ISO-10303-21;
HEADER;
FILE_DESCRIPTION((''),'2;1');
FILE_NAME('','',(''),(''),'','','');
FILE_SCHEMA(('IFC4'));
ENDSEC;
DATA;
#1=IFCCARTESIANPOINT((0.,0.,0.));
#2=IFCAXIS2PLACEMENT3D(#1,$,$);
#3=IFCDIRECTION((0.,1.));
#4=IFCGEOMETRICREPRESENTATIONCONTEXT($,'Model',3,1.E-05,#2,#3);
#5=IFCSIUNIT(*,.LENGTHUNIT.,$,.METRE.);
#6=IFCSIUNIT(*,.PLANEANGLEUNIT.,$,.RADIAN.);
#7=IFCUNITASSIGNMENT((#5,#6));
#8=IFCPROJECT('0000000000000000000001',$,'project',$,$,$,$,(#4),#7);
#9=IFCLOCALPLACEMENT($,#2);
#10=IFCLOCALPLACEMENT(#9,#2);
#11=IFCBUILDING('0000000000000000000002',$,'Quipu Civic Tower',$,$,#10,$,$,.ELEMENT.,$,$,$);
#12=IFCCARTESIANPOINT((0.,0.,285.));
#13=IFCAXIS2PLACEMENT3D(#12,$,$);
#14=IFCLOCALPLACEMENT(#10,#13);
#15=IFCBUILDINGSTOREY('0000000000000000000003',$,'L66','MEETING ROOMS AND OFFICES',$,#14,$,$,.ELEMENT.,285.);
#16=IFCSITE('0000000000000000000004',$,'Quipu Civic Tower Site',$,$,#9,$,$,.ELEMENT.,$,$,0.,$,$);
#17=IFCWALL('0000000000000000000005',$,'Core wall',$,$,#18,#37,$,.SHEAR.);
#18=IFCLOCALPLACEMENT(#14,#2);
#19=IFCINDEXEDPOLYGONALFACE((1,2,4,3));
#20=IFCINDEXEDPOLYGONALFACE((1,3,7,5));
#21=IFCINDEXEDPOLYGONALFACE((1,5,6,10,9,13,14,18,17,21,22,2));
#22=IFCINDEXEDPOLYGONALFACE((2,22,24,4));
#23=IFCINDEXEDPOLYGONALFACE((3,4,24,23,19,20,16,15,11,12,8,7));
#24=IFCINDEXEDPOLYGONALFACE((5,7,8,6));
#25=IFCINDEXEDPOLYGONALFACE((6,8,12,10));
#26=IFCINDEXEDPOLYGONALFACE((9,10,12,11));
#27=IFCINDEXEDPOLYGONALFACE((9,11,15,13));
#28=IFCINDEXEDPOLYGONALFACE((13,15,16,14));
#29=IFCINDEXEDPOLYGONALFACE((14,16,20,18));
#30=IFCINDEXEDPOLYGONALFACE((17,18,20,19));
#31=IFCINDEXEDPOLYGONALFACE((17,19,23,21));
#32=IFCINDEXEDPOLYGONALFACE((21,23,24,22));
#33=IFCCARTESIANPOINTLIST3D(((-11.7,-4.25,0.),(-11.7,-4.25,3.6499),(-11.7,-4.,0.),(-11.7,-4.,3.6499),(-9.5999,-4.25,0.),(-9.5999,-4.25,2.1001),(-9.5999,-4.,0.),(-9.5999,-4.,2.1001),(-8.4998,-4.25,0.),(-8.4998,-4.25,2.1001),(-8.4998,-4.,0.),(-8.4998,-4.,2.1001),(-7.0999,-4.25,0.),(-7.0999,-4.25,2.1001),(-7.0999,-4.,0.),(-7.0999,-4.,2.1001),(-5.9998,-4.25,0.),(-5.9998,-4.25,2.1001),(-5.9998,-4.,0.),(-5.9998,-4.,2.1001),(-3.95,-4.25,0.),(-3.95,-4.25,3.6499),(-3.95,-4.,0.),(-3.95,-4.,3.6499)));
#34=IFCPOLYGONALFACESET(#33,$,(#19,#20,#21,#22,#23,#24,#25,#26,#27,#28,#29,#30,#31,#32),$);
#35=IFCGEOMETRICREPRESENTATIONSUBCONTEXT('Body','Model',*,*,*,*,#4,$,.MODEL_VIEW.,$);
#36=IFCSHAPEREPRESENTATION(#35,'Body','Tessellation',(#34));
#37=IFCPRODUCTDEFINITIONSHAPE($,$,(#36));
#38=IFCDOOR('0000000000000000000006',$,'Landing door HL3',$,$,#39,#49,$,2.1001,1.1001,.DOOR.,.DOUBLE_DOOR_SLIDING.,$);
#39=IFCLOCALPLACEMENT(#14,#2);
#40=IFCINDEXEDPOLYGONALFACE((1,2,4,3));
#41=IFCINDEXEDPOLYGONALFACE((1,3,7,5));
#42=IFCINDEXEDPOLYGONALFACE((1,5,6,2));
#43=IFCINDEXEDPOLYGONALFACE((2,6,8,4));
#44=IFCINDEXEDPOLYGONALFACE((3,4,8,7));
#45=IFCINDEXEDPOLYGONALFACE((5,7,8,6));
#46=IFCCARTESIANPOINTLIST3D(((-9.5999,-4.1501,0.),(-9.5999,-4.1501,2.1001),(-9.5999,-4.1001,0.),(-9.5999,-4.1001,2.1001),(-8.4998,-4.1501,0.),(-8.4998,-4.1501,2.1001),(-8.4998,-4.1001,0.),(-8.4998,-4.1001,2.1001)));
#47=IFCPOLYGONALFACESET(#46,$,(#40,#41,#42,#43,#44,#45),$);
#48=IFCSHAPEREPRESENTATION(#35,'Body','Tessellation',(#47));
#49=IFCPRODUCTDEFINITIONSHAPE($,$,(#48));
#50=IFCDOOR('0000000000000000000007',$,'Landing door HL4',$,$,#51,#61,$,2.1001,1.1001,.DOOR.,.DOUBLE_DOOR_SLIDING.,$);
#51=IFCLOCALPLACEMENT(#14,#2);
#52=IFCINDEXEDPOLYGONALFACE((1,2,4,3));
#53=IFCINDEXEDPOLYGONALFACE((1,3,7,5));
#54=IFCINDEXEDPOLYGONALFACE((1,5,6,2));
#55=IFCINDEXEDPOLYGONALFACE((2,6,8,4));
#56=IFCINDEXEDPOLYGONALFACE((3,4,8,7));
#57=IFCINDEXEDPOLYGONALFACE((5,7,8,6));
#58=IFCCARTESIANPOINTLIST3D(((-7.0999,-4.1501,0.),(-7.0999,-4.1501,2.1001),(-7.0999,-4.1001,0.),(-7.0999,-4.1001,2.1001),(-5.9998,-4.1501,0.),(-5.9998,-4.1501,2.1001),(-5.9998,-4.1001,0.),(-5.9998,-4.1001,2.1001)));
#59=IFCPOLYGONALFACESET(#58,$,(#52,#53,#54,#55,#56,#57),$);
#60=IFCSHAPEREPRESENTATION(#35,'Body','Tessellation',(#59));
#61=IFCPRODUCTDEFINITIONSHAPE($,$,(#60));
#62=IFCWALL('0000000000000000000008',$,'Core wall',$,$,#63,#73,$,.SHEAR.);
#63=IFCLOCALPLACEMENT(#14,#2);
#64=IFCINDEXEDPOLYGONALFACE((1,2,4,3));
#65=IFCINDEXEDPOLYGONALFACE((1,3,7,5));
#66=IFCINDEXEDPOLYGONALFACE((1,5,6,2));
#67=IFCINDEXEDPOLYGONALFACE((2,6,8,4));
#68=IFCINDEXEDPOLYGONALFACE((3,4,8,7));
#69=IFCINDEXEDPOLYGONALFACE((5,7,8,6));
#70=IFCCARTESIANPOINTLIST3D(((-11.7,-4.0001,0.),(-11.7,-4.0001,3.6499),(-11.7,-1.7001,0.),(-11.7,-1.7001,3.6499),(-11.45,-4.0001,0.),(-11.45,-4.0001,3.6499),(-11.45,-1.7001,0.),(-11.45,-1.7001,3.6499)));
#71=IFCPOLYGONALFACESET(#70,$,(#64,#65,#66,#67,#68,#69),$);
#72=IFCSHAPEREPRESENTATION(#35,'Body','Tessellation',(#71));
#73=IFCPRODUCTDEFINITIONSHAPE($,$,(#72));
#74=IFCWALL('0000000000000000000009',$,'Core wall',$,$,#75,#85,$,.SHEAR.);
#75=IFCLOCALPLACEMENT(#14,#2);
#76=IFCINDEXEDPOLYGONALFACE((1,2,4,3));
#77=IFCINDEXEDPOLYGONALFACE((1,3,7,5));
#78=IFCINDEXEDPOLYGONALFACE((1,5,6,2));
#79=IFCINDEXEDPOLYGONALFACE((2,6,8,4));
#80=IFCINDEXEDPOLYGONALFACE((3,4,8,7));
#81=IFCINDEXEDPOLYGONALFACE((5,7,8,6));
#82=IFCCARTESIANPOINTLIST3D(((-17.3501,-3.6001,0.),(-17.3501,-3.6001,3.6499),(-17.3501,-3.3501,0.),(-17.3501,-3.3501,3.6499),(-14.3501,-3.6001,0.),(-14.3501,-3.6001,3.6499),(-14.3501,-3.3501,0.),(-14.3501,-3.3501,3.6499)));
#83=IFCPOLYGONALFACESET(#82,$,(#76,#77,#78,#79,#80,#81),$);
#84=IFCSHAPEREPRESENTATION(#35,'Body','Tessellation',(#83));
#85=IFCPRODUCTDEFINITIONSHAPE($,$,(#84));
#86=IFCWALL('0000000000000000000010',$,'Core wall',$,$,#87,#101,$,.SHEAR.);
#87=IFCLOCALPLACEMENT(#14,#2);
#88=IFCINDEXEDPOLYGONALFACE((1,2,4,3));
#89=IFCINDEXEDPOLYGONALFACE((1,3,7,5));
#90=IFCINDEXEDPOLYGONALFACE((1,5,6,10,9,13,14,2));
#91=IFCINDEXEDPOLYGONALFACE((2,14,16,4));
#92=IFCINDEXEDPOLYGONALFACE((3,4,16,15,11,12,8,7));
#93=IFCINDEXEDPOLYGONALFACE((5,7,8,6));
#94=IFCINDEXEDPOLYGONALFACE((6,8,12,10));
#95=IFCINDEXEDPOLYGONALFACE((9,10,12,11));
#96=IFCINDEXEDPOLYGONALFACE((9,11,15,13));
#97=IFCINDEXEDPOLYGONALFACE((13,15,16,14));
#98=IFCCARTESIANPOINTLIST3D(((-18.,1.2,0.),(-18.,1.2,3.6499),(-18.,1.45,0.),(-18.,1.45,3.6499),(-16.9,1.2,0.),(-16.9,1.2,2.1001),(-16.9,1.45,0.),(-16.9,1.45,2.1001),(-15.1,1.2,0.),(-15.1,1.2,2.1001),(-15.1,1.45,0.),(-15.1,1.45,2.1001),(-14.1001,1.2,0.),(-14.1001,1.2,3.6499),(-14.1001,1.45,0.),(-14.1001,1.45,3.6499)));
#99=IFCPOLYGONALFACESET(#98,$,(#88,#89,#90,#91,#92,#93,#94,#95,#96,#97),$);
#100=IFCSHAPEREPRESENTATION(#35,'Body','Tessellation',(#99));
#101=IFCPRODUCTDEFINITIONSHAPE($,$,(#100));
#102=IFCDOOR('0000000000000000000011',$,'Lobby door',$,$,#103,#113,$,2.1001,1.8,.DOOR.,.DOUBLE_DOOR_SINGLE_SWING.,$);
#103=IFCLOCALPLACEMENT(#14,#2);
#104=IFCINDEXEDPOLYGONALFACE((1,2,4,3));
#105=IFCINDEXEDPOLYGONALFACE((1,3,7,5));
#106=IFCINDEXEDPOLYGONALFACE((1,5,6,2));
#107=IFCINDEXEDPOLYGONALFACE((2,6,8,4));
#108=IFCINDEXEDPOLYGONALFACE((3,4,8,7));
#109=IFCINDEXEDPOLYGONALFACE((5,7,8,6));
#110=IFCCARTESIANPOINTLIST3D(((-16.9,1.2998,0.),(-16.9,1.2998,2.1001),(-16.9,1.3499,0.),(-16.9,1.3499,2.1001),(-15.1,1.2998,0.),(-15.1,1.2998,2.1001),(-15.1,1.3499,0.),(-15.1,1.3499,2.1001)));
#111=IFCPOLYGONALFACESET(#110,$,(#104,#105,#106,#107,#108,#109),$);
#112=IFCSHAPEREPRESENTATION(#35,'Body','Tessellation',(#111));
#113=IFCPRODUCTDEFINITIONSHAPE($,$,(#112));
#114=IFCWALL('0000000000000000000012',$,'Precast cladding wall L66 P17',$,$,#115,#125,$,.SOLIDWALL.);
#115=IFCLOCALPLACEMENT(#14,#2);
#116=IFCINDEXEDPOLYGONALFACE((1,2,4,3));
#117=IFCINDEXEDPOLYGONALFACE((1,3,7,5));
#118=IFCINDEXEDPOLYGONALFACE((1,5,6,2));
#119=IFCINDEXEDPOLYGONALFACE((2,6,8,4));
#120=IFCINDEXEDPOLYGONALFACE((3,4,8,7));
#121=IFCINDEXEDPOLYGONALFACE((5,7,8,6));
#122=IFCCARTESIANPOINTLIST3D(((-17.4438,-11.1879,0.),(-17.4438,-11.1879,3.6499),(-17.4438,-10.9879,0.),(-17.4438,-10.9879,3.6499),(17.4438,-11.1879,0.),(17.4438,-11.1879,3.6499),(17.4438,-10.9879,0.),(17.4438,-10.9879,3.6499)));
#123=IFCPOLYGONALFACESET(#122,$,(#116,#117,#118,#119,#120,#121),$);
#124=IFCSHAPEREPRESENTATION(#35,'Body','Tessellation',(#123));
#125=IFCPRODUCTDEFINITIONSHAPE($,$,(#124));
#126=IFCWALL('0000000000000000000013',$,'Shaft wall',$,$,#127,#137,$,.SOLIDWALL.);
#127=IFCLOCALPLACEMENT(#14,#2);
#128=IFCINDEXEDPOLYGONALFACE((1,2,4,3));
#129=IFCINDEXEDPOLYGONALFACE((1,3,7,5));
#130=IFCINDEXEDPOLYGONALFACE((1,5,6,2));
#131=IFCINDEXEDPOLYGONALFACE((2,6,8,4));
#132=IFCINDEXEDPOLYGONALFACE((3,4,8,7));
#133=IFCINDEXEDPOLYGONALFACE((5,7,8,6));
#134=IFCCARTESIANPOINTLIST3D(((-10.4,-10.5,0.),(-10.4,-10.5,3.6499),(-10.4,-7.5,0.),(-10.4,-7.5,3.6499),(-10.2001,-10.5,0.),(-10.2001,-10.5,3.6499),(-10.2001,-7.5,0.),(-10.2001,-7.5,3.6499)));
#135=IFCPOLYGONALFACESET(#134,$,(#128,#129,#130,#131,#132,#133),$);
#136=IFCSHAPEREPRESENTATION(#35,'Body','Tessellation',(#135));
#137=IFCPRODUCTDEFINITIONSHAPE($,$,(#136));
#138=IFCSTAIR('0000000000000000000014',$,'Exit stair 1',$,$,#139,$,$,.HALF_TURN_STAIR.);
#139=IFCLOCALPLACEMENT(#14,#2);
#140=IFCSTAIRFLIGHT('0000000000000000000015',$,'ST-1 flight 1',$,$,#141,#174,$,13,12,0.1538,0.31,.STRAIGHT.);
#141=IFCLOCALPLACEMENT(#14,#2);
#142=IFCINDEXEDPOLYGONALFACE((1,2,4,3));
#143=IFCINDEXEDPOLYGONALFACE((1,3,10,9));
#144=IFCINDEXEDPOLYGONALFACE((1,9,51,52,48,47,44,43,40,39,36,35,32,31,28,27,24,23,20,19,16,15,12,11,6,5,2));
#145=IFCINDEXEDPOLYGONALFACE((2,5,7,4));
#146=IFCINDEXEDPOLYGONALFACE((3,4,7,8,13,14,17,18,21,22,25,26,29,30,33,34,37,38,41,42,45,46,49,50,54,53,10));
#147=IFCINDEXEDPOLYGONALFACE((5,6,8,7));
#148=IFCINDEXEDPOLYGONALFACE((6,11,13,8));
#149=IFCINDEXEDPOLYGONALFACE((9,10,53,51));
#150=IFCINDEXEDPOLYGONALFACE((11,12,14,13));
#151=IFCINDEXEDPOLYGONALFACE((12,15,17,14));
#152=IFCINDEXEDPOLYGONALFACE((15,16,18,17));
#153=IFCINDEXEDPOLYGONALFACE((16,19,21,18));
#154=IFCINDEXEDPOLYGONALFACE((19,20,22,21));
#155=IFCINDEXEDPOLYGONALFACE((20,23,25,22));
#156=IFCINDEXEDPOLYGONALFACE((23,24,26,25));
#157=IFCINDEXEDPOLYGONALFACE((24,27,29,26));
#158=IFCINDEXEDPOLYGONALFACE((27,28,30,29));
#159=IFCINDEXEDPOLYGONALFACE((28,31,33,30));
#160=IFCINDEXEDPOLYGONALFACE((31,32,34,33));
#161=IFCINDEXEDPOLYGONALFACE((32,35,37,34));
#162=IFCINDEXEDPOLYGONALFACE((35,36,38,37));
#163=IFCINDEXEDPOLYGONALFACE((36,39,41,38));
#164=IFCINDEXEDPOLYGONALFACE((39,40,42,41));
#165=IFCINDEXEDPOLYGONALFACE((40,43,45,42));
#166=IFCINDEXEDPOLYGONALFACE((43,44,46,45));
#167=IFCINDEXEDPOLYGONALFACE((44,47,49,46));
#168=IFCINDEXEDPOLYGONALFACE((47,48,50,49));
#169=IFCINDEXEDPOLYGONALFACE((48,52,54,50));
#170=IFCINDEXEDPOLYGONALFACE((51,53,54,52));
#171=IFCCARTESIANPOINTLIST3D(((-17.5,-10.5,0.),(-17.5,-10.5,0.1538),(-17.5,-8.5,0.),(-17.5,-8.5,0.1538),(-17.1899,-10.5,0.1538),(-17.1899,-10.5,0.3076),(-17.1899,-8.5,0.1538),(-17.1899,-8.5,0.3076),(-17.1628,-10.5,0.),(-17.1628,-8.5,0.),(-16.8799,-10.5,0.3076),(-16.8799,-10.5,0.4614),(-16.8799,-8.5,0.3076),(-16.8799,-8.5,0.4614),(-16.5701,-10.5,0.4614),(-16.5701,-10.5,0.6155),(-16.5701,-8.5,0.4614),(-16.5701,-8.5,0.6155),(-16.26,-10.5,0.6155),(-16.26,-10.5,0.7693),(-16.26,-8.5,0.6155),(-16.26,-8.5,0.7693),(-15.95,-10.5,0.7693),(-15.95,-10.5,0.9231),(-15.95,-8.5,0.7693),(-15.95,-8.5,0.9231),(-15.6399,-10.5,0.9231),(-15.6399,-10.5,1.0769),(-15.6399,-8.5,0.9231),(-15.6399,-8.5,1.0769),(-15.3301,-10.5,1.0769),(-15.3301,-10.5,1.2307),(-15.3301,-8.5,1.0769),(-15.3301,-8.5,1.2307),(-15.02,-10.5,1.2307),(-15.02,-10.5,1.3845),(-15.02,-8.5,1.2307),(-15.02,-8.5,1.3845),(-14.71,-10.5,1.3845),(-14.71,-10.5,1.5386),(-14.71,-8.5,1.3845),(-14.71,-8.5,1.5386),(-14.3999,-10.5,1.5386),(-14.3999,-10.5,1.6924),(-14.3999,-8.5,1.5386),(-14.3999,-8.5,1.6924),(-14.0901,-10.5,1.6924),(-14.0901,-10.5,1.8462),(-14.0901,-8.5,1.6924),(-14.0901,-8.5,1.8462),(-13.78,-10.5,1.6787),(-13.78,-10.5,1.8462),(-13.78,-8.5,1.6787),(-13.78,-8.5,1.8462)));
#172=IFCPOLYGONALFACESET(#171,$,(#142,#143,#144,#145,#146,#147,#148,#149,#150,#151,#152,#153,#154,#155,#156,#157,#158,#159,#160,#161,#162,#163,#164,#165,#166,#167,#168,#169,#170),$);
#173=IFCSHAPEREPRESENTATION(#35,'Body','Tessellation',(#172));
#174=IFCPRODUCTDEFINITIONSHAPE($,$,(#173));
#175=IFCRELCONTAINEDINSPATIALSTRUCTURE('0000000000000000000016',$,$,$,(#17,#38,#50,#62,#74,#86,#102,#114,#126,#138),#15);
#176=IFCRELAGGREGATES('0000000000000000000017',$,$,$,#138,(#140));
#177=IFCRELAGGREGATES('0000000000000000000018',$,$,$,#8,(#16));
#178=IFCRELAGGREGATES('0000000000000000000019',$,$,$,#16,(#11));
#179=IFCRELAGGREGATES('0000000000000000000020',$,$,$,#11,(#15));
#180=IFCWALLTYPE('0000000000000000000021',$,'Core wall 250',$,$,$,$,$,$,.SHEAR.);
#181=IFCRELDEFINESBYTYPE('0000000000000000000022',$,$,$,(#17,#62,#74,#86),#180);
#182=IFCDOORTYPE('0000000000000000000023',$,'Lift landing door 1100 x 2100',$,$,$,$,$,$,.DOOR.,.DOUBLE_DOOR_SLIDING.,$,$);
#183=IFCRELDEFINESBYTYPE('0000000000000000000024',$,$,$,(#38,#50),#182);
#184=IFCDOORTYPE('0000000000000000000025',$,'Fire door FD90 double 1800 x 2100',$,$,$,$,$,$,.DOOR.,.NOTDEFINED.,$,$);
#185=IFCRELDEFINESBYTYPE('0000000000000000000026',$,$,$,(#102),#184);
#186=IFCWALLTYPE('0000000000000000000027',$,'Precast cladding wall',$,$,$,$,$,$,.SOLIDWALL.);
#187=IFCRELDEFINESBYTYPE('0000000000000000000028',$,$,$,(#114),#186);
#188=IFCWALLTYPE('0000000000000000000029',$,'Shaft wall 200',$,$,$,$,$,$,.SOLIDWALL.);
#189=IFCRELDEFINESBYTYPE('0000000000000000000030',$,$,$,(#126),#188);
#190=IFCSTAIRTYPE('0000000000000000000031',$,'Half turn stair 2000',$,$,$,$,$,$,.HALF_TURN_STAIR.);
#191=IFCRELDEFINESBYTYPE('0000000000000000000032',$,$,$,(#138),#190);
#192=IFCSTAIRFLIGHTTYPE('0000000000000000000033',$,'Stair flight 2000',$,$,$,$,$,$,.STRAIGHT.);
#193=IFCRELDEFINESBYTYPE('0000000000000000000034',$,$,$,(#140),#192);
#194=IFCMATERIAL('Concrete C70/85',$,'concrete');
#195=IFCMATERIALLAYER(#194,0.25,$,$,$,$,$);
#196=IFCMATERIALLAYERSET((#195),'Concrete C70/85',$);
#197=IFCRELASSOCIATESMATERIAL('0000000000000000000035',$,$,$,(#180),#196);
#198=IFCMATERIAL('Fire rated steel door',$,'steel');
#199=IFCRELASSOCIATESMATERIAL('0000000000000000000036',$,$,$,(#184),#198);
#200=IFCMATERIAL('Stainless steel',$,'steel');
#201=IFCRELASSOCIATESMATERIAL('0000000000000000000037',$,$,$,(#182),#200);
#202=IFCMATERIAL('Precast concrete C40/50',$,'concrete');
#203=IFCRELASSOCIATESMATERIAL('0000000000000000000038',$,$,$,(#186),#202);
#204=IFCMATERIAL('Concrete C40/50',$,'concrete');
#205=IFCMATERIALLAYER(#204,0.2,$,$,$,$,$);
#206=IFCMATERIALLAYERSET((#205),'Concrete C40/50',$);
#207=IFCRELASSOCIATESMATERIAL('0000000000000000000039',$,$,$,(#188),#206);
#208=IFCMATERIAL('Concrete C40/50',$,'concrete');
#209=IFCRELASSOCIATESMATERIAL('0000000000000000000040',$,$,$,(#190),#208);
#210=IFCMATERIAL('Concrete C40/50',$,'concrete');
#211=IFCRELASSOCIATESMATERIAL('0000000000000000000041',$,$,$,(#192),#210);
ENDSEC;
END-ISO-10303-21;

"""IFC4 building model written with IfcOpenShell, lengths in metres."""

from ifc_helpers import new_model, si_unit, direction, frame, frame_2d, origin, place, context, subcontext, project, spatial, polyline, rectangle, outline, extrude, material, layer, layer_set, type_object, element, fill, aggregate, save


model = new_model("IFC4")

# Units and contexts
model_context = context("Model", 3, precision=1e-05, world=origin(), true_north=direction((0.0, 1.0)))
body_context = subcontext(model_context, "Body", "Model", "MODEL_VIEW")
ifc_project = project(units=[si_unit("LENGTHUNIT", "METRE"), si_unit("PLANEANGLEUNIT", "RADIAN")], contexts=[model_context])

# Site, building, storey
site_placement = place(None, origin())
site = spatial("IfcSite", under=ifc_project, at=site_placement, Name="Quipu Civic Tower Site", CompositionType="ELEMENT", RefElevation=0.0)
building_placement = place(site_placement, origin())
building = spatial("IfcBuilding", under=site, at=building_placement, Name="Quipu Civic Tower", CompositionType="ELEMENT")
storey_placement = place(building_placement, frame((0.0, 0.0, 285.0)))
storey = spatial("IfcBuildingStorey", under=building, at=storey_placement, Name="L66", Description="MEETING ROOMS AND OFFICES", CompositionType="ELEMENT", Elevation=285.0)

# Shared definitions
ifc_material_1 = material(Name="Concrete C70/85", Category="concrete")
ifc_layer_1 = layer(ifc_material_1, 0.25)
ifc_layer_set_1 = layer_set([ifc_layer_1], Name="Concrete C70/85")
wall_type_1 = type_object("IfcWallType", Name="Core wall 250", PredefinedType="SHEAR", material=ifc_layer_set_1)

# Shared definitions
ifc_material_2 = material(Name="Fire rated steel door", Category="steel")
door_type_1 = type_object("IfcDoorType", Name="Fire door FD90 double 1800 x 2100", OperationType="NOTDEFINED", PredefinedType="DOOR", material=ifc_material_2)

# Wall, openings, doors
wall_1_placement = place(storey_placement, frame((-11.7, -4.125, 0.0), z_axis=(0.0, 0.0, 1.0), x_axis=(1.0, 0.0, 0.0)))
wall_1 = element("IfcWall", 1, at=wall_1_placement, inside=storey, type_object=wall_type_1, Name="Core wall", PredefinedType="SHEAR", context=body_context, shape_type="SweptSolid", body=[
    extrude(rectangle(XDim=7.75, YDim=0.25, at=frame_2d((3.875, 0.0))), origin(), (0.0, 0.0, 1.0), 3.6499),
])
opening_1_placement = place(wall_1_placement, frame((2.1001, 0.0, 0.0)))
opening_1 = element("IfcOpeningElement", 2, at=opening_1_placement, cuts=wall_1, PredefinedType="OPENING", context=body_context, shape_type="SweptSolid", body=[
    extrude(rectangle(XDim=1.1001, YDim=2.1001, at=frame_2d((0.55, 1.05))), frame((0.0, 0.135, 0.0), z_axis=(0.0, -1.0, 0.0), x_axis=(1.0, 0.0, 0.0)), (0.0, 0.0, 1.0), 0.27),
])
opening_2_placement = place(wall_1_placement, frame((4.6001, 0.0, 0.0)))
opening_2 = element("IfcOpeningElement", 3, at=opening_2_placement, cuts=wall_1, PredefinedType="OPENING", context=body_context, shape_type="SweptSolid", body=[
    extrude(rectangle(XDim=1.1001, YDim=2.1001, at=frame_2d((0.55, 1.05))), frame((0.0, 0.135, 0.0), z_axis=(0.0, -1.0, 0.0), x_axis=(1.0, 0.0, 0.0)), (0.0, 0.0, 1.0), 0.27),
])
ifc_material_3 = material(Name="Stainless steel", Category="steel")
door_type_2 = type_object("IfcDoorType", Name="Lift landing door 1100 x 2100", OperationType="DOUBLE_DOOR_SLIDING", PredefinedType="DOOR", material=ifc_material_3)
door_1_placement = place(opening_1_placement, origin())
door_1 = element("IfcDoor", 4, at=door_1_placement, inside=storey, type_object=door_type_2, Name="Landing door HL3", OperationType="DOUBLE_DOOR_SLIDING", OverallHeight=2.1001, OverallWidth=1.1001, PredefinedType="DOOR", context=body_context, shape_type="SweptSolid", body=[
    extrude(rectangle(XDim=1.1001, YDim=2.1001, at=frame_2d((0.55, 1.05))), frame((0.0, 0.0249, 0.0), z_axis=(0.0, -1.0, 0.0), x_axis=(1.0, 0.0, 0.0)), (0.0, 0.0, 1.0), 0.05),
])
fill(opening_1, door_1)
door_2_placement = place(opening_2_placement, origin())
door_2 = element("IfcDoor", 5, at=door_2_placement, inside=storey, type_object=door_type_2, Name="Landing door HL4", OperationType="DOUBLE_DOOR_SLIDING", OverallHeight=2.1001, OverallWidth=1.1001, PredefinedType="DOOR", context=body_context, shape_type="SweptSolid", body=[
    extrude(rectangle(XDim=1.1001, YDim=2.1001, at=frame_2d((0.55, 1.05))), frame((0.0, 0.0249, 0.0), z_axis=(0.0, -1.0, 0.0), x_axis=(1.0, 0.0, 0.0)), (0.0, 0.0, 1.0), 0.05),
])
fill(opening_2, door_2)

# Walls
wall_2_placement = place(storey_placement, frame((-11.575, -4.0, 0.0), z_axis=(0.0, 0.0, 1.0), x_axis=(0.0, 1.0, 0.0)))
element("IfcWall", 6, at=wall_2_placement, inside=storey, type_object=wall_type_1, Name="Core wall", PredefinedType="SHEAR", context=body_context, shape_type="SweptSolid", body=[
    extrude(rectangle(XDim=2.3, YDim=0.25, at=frame_2d((1.1499, 0.0))), origin(), (0.0, 0.0, 1.0), 3.6499),
])
wall_3_placement = place(storey_placement, frame((-17.3501, -3.4751, 0.0), z_axis=(0.0, 0.0, 1.0), x_axis=(1.0, 0.0, 0.0)))
element("IfcWall", 7, at=wall_3_placement, inside=storey, type_object=wall_type_1, Name="Core wall", PredefinedType="SHEAR", context=body_context, shape_type="SweptSolid", body=[
    extrude(rectangle(XDim=3.0, YDim=0.25, at=frame_2d((1.5, 0.0))), origin(), (0.0, 0.0, 1.0), 3.6499),
])

# Wall, opening, door
wall_4_placement = place(storey_placement, frame((-18.0, 1.325, 0.0), z_axis=(0.0, 0.0, 1.0), x_axis=(1.0, 0.0, 0.0)))
wall_4 = element("IfcWall", 8, at=wall_4_placement, inside=storey, type_object=wall_type_1, Name="Core wall", PredefinedType="SHEAR", context=body_context, shape_type="SweptSolid", body=[
    extrude(rectangle(XDim=3.8999, YDim=0.25, at=frame_2d((1.95, 0.0))), origin(), (0.0, 0.0, 1.0), 3.6499),
])
opening_3_placement = place(wall_4_placement, frame((1.1001, 0.0, 0.0)))
opening_3 = element("IfcOpeningElement", 9, at=opening_3_placement, cuts=wall_4, PredefinedType="OPENING", context=body_context, shape_type="SweptSolid", body=[
    extrude(rectangle(XDim=1.8, YDim=2.1001, at=frame_2d((0.8999, 1.05))), frame((0.0, 0.135, 0.0), z_axis=(0.0, -1.0, 0.0), x_axis=(1.0, 0.0, 0.0)), (0.0, 0.0, 1.0), 0.27),
])
door_3_placement = place(opening_3_placement, origin())
door_3 = element("IfcDoor", 10, at=door_3_placement, inside=storey, type_object=door_type_1, Name="Lobby door", OperationType="DOUBLE_DOOR_SINGLE_SWING", OverallHeight=2.1001, OverallWidth=1.8, PredefinedType="DOOR", context=body_context, shape_type="SweptSolid", body=[
    extrude(rectangle(XDim=1.8, YDim=2.1001, at=frame_2d((0.8999, 1.05))), frame((0.0, 0.0249, 0.0), z_axis=(0.0, -1.0, 0.0), x_axis=(1.0, 0.0, 0.0)), (0.0, 0.0, 1.0), 0.05),
])
fill(opening_3, door_3)

# Walls
ifc_material_4 = material(Name="Precast concrete C40/50", Category="concrete")
wall_type_2 = type_object("IfcWallType", Name="Precast cladding wall", PredefinedType="SOLIDWALL", material=ifc_material_4)
wall_5_placement = place(storey_placement, frame((-17.4438, -11.0879, 0.0), z_axis=(0.0, 0.0, 1.0), x_axis=(1.0, 0.0, 0.0)))
element("IfcWall", 11, at=wall_5_placement, inside=storey, type_object=wall_type_2, Name="Precast cladding wall L66 P17", PredefinedType="SOLIDWALL", context=body_context, shape_type="SweptSolid", body=[
    extrude(rectangle(XDim=34.8877, YDim=0.2, at=frame_2d((17.4438, 0.0))), origin(), (0.0, 0.0, 1.0), 3.6499),
])
ifc_material_5 = material(Name="Concrete C40/50", Category="concrete")
ifc_layer_2 = layer(ifc_material_5, 0.2)
ifc_layer_set_2 = layer_set([ifc_layer_2], Name="Concrete C40/50")
wall_type_3 = type_object("IfcWallType", Name="Shaft wall 200", PredefinedType="SOLIDWALL", material=ifc_layer_set_2)
wall_6_placement = place(storey_placement, frame((-10.3, -10.5, 0.0), z_axis=(0.0, 0.0, 1.0), x_axis=(0.0, 1.0, 0.0)))
element("IfcWall", 12, at=wall_6_placement, inside=storey, type_object=wall_type_3, Name="Shaft wall", PredefinedType="SOLIDWALL", context=body_context, shape_type="SweptSolid", body=[
    extrude(rectangle(XDim=3.0, YDim=0.2, at=frame_2d((1.5, 0.0))), origin(), (0.0, 0.0, 1.0), 3.6499),
])

# Stair, stair flight
ifc_material_6 = material(Name="Concrete C40/50", Category="concrete")
stair_type = type_object("IfcStairType", Name="Half turn stair 2000", PredefinedType="HALF_TURN_STAIR", material=ifc_material_6)
stair_placement = place(storey_placement, origin())
stair = element("IfcStair", 13, at=stair_placement, inside=storey, type_object=stair_type, Name="Exit stair 1", PredefinedType="HALF_TURN_STAIR")
ifc_material_7 = material(Name="Concrete C40/50", Category="concrete")
stair_flight_type = type_object("IfcStairFlightType", Name="Stair flight 2000", PredefinedType="STRAIGHT", material=ifc_material_7)
stair_flight_1_placement = place(storey_placement, frame((-17.5, -9.5, 0.0), z_axis=(0.0, 0.0, 1.0), x_axis=(1.0, 0.0, 0.0)))
stair_flight_1 = element("IfcStairFlight", 14, at=stair_flight_1_placement, type_object=stair_flight_type, Name="ST-1 flight 1", NumberOfRisers=13, NumberOfTreads=12, PredefinedType="STRAIGHT", RiserHeight=0.1538, TreadLength=0.31, context=body_context, shape_type="SweptSolid", body=[
    extrude(outline(polyline([(0.0, 0.0), (0.0, 0.1538), (0.3101, 0.1538), (0.3101, 0.3076), (0.6201, 0.3076), (0.6201, 0.4614), (0.9299, 0.4614), (0.9299, 0.6155), (1.24, 0.6155), (1.24, 0.7693), (1.55, 0.7693), (1.55, 0.9231), (1.8601, 0.9231), (1.8601, 1.0769), (2.1699, 1.0769), (2.1699, 1.2307), (2.48, 1.2307), (2.48, 1.3845), (2.79, 1.3845), (2.79, 1.5386), (3.1001, 1.5386), (3.1001, 1.6924), (3.4099, 1.6924), (3.4099, 1.8462), (3.72, 1.8462), (3.72, 2.0), (3.72, 1.6787), (0.3372, 0.0), (0.0, 0.0)])), frame((0.0, 1.0, 0.0), z_axis=(0.0, -1.0, 0.0), x_axis=(1.0, 0.0, 0.0)), (0.0, 0.0, 1.0), 2.0),
])
aggregate(stair, [stair_flight_1])

save(model, "model.ifc")
